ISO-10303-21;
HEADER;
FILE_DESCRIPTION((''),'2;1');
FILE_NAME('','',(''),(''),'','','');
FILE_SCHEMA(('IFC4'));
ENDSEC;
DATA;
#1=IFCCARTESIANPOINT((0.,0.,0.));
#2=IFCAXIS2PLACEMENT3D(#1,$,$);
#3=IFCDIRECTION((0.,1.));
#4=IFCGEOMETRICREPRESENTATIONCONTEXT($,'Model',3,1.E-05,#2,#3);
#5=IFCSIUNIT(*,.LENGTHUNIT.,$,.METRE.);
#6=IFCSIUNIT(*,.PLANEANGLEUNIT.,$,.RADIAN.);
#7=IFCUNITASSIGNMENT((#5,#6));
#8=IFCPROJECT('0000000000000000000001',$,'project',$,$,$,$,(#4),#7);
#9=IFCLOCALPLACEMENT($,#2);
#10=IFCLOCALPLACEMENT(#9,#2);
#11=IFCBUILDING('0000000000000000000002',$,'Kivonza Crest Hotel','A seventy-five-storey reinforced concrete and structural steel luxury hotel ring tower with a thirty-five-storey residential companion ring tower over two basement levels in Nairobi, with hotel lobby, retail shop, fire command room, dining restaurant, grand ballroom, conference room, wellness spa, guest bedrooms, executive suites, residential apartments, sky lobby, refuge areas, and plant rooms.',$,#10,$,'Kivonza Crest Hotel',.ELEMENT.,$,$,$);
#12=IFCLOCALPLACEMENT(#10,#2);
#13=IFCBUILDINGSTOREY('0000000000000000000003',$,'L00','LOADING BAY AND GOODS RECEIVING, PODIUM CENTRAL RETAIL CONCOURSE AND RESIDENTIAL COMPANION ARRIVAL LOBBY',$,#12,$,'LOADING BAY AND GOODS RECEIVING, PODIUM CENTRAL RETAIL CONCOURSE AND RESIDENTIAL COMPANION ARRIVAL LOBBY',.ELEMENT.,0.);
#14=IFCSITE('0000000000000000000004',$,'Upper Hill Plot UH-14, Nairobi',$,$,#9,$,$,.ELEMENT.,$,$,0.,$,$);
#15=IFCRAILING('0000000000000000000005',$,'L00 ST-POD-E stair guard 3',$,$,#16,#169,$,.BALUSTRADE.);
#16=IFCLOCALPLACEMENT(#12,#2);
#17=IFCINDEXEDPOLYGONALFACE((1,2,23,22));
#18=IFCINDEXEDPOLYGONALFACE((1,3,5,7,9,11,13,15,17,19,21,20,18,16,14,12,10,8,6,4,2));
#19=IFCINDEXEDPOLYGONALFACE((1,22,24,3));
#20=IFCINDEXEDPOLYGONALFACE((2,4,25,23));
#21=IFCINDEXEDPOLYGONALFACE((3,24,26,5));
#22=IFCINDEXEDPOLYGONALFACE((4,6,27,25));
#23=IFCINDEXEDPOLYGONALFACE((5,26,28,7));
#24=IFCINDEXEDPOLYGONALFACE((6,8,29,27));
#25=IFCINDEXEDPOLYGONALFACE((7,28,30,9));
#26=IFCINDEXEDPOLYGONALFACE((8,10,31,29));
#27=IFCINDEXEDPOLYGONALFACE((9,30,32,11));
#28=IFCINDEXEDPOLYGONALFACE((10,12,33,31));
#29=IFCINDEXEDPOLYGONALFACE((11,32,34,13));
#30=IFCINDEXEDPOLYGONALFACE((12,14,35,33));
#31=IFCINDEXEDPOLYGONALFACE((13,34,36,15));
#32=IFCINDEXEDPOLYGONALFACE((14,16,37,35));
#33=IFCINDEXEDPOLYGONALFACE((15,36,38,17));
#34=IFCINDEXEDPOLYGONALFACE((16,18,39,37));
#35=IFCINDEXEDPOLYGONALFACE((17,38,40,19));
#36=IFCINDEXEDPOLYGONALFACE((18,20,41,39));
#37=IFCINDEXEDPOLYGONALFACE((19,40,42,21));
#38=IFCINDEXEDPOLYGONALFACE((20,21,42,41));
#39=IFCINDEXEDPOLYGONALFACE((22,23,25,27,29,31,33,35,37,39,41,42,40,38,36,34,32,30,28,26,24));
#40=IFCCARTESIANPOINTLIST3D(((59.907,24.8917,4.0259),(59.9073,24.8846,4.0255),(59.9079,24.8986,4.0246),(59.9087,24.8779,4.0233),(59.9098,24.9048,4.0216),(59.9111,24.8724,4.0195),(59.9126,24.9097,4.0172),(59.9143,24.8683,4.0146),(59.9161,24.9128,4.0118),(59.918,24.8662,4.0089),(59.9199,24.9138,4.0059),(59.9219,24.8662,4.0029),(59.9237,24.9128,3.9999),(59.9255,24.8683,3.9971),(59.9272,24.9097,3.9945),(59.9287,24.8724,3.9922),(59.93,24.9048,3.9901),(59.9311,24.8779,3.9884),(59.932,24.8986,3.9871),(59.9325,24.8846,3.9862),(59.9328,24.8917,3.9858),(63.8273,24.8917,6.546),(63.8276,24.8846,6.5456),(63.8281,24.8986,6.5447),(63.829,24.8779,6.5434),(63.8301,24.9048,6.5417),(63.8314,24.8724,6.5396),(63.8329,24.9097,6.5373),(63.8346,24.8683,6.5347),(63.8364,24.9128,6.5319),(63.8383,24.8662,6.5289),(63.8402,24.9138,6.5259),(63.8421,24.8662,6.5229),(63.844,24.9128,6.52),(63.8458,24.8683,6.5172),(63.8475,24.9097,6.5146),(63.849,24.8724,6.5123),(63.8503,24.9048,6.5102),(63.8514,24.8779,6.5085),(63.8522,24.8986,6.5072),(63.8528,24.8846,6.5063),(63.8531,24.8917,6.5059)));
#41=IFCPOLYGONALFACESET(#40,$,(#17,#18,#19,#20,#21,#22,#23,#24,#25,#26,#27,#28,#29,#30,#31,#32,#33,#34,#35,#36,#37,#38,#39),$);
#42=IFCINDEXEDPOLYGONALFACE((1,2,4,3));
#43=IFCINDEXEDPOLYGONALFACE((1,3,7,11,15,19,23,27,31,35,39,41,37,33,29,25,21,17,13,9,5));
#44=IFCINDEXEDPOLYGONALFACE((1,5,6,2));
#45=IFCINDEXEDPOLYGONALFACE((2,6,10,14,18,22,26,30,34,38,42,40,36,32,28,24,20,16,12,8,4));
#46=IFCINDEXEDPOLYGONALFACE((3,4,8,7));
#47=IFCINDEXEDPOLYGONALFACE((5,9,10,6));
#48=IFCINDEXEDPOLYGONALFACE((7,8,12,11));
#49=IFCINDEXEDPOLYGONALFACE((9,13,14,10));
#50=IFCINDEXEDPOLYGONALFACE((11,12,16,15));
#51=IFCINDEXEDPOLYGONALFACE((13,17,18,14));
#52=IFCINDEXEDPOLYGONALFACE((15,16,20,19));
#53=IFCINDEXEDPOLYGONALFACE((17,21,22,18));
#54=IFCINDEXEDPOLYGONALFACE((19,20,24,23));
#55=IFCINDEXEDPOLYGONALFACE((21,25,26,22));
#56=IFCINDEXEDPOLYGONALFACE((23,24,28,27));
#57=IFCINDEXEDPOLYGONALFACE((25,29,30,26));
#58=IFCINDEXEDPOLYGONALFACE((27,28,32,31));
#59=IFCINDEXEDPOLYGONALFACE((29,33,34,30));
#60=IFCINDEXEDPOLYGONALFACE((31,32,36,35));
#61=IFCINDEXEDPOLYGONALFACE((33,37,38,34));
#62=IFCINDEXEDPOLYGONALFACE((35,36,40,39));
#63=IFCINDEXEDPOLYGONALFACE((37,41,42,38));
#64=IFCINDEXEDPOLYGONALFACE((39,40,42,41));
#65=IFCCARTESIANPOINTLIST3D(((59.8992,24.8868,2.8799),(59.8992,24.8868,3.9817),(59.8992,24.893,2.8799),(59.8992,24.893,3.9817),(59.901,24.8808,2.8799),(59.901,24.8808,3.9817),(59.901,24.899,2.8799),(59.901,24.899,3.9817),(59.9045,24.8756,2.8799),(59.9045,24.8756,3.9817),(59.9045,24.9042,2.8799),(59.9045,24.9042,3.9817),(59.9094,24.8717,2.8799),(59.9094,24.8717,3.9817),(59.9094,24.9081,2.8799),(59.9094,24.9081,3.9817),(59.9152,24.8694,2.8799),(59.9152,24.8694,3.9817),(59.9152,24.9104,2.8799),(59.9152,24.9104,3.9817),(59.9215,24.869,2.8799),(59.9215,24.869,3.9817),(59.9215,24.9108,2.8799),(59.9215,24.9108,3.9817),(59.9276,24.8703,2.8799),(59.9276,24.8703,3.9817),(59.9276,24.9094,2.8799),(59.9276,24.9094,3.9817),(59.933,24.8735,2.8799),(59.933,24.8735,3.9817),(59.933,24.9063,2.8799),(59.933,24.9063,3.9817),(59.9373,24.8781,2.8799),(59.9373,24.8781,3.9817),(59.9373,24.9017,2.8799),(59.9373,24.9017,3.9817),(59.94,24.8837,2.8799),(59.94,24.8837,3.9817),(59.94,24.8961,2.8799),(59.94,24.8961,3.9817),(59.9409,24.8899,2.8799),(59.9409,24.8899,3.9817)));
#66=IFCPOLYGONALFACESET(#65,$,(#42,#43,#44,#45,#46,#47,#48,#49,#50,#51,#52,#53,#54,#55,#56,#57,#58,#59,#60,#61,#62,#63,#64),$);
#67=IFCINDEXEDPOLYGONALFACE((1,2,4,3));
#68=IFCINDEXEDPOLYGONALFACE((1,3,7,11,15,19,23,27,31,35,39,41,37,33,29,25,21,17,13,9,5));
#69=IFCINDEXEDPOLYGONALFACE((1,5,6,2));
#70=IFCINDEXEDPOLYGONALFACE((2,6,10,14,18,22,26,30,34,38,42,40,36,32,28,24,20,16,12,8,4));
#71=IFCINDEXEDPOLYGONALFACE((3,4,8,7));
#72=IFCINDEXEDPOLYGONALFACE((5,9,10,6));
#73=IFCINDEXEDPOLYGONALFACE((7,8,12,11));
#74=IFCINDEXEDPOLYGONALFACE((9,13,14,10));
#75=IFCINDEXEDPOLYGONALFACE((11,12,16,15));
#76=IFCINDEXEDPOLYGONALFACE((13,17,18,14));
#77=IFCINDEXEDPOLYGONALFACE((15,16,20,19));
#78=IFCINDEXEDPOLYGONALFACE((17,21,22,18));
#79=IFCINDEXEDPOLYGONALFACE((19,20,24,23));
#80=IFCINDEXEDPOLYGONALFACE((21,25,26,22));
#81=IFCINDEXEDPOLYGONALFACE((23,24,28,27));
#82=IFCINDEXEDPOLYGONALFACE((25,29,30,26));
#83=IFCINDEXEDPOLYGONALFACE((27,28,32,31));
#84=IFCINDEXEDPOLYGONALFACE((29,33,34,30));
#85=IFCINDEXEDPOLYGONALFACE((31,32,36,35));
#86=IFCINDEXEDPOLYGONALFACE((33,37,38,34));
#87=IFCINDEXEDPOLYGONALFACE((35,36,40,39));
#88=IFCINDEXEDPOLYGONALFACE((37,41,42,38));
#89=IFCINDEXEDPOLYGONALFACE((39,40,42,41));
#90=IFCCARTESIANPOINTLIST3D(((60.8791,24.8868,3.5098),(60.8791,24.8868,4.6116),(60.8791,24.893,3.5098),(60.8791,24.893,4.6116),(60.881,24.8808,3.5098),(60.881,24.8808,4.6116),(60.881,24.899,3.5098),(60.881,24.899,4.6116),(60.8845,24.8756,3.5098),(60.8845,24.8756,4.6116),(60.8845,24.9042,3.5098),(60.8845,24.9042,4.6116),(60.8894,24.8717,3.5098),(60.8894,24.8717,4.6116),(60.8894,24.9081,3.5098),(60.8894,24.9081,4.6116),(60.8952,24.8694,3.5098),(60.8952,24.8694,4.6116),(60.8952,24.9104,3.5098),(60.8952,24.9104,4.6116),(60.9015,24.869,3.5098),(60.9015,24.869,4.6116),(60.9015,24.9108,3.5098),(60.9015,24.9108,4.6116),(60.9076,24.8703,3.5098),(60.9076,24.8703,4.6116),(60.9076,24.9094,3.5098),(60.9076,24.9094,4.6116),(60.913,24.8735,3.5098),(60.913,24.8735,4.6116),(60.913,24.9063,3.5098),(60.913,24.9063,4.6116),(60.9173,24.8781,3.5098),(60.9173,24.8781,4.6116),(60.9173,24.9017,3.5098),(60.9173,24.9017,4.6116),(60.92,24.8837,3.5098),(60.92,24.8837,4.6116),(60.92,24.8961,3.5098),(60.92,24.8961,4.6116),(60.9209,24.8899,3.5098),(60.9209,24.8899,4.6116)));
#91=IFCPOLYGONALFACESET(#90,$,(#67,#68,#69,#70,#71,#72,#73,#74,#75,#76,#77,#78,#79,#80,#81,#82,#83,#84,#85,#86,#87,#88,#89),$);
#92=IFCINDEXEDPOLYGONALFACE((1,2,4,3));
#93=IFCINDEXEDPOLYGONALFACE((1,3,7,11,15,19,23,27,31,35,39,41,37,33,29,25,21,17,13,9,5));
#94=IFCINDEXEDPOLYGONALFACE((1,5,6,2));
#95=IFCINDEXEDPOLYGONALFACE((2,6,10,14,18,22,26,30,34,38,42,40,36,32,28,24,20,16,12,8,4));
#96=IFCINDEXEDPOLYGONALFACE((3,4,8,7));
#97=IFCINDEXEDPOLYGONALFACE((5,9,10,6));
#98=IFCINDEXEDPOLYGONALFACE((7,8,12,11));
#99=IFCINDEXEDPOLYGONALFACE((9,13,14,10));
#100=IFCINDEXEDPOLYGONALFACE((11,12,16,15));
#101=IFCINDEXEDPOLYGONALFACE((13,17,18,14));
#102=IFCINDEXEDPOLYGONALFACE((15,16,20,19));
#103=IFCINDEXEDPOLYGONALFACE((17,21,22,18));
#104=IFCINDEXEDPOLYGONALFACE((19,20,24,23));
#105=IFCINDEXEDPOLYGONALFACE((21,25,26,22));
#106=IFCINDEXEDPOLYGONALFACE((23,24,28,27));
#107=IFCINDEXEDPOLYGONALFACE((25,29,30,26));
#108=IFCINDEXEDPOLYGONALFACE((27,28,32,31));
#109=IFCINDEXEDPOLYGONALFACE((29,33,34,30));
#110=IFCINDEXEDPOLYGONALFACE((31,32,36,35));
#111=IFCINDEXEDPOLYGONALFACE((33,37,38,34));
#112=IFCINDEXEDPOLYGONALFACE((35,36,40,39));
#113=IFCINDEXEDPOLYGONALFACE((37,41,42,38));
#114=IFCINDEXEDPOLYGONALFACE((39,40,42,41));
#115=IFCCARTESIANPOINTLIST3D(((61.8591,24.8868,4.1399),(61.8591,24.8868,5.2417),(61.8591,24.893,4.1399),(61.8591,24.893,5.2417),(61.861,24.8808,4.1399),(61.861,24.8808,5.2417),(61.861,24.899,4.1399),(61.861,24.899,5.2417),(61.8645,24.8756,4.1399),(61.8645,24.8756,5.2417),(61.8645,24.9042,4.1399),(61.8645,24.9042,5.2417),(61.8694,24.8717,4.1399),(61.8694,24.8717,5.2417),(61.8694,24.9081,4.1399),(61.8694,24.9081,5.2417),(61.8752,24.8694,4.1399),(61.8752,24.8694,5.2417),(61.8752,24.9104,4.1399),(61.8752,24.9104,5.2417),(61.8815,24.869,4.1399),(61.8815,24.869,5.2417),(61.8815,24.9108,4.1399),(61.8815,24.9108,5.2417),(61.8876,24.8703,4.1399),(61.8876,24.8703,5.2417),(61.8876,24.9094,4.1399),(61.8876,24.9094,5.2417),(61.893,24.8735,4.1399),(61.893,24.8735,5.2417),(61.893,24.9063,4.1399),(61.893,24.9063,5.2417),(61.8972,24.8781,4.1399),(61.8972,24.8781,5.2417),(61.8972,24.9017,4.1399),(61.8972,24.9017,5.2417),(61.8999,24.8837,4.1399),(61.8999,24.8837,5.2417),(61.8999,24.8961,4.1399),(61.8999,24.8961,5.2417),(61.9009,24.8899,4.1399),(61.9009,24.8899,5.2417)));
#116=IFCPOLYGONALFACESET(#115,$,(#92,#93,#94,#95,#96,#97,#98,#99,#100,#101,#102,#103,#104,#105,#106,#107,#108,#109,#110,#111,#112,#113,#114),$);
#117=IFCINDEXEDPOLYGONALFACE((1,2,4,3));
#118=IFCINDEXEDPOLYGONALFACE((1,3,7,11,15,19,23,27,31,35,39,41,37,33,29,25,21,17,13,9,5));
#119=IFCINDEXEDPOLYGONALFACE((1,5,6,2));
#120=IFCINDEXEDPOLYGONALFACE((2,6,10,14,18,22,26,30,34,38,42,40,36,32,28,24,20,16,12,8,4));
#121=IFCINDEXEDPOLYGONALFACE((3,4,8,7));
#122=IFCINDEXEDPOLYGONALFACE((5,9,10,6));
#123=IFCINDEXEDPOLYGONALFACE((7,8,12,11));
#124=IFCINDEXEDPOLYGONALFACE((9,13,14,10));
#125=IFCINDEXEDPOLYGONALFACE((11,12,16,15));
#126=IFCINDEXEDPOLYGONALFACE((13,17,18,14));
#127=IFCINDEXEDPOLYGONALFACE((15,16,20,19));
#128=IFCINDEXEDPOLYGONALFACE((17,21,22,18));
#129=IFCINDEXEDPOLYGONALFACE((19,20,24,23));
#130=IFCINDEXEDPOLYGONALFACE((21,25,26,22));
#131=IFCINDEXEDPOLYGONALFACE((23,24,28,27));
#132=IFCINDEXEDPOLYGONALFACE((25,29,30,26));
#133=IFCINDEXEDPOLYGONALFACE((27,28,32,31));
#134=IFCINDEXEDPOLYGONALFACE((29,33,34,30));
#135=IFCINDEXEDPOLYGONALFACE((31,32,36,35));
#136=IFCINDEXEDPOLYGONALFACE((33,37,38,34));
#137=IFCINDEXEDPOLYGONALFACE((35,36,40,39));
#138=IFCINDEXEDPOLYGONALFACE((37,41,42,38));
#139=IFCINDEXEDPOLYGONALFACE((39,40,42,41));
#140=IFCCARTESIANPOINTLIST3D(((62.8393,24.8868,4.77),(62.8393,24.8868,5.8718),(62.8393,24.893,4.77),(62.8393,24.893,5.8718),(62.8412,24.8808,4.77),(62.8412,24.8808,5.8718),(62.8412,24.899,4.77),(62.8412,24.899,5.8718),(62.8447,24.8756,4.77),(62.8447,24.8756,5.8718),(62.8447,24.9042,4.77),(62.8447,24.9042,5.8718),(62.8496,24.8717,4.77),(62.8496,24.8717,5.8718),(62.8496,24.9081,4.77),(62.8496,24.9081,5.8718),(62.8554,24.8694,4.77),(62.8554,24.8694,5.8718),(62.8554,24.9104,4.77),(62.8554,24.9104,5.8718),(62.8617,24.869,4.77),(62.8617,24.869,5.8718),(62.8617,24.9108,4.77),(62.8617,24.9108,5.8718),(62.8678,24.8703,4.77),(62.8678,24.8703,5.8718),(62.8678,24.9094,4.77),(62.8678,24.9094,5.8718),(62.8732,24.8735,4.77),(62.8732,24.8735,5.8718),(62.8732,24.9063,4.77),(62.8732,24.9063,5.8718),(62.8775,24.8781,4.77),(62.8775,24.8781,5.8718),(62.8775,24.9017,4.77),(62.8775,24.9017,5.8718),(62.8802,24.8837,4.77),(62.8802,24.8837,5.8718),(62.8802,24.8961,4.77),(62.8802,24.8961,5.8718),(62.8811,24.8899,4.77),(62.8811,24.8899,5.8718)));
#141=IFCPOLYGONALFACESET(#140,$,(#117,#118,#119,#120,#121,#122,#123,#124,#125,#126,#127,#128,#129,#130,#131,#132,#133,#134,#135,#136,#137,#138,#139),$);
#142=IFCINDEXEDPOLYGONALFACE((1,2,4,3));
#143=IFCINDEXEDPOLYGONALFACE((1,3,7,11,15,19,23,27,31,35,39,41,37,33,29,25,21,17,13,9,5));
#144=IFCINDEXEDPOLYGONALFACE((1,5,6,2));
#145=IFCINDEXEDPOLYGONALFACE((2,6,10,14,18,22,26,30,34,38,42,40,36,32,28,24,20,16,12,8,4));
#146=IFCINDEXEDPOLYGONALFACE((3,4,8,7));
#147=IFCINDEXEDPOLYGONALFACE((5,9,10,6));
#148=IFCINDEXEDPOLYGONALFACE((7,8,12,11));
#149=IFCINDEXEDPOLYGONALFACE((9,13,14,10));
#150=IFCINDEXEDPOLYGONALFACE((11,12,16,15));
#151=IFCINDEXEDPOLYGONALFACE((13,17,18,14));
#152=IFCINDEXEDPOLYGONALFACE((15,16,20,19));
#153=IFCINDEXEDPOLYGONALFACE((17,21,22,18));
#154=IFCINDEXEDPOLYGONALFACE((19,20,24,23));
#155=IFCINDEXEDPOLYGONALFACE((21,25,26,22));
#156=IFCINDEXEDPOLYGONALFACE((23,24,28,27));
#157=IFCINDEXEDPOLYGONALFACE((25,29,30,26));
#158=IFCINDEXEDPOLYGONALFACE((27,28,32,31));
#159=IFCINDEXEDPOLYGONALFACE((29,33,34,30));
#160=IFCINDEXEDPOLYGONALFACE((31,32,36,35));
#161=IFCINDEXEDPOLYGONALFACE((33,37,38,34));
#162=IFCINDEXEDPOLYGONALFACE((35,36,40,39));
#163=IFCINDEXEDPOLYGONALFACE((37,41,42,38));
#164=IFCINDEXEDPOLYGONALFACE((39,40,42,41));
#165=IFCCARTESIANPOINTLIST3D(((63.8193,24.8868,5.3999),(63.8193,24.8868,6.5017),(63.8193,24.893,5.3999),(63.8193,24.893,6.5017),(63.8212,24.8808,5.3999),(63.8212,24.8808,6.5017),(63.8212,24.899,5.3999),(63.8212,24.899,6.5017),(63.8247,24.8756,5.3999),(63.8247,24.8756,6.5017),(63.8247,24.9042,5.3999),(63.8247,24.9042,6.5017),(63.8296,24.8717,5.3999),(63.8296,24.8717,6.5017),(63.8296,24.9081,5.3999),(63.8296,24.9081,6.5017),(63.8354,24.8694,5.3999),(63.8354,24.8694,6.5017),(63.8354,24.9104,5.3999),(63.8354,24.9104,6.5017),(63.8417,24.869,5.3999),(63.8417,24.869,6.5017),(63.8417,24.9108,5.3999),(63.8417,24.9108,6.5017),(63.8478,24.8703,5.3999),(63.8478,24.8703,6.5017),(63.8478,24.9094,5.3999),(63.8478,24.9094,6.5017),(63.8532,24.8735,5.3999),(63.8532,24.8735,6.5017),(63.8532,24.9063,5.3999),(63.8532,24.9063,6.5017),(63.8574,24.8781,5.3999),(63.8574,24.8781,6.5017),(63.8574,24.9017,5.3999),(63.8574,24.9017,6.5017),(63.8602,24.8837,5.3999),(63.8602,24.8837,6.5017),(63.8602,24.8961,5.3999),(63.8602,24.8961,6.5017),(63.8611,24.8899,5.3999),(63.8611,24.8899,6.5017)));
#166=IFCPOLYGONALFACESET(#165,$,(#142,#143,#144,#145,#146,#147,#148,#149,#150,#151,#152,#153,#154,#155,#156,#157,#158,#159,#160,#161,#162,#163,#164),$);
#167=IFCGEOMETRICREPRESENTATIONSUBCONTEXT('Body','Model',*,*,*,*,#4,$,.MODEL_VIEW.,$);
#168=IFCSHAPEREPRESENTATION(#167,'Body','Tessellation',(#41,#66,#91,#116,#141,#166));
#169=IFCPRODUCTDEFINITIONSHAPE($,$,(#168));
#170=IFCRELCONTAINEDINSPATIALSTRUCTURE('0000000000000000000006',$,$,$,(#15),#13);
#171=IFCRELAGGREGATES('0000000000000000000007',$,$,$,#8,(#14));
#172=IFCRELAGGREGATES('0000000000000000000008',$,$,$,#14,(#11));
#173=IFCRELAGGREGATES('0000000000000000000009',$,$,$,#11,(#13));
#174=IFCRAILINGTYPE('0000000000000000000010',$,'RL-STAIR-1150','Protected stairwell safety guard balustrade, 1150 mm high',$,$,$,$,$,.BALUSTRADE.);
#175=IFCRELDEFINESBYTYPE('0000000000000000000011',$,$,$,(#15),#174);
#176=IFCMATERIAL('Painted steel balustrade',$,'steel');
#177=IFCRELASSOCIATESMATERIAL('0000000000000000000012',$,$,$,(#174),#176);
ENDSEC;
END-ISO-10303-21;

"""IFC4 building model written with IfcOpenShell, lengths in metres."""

from ifc_helpers import new_model, si_unit, direction, frame, origin, origin_2d, place, context, subcontext, project, spatial, circle, extrude, material, type_object, element, save


model = new_model("IFC4")

# Units and contexts
model_context = context("Model", 3, precision=1e-05, world=origin(), true_north=direction((0.0, 1.0)))
body_context = subcontext(model_context, "Body", "Model", "MODEL_VIEW")
ifc_project = project(units=[si_unit("LENGTHUNIT", "METRE"), si_unit("PLANEANGLEUNIT", "RADIAN")], contexts=[model_context])

# Site, building, storey
site_placement = place(None, origin())
site = spatial("IfcSite", under=ifc_project, at=site_placement, Name="Upper Hill Plot UH-14, Nairobi", CompositionType="ELEMENT", RefElevation=0.0)
building_placement = place(site_placement, origin())
building = spatial("IfcBuilding", under=site, at=building_placement, Name="Kivonza Crest Hotel", Description="A seventy-five-storey reinforced concrete and structural steel luxury hotel ring tower with a thirty-five-storey residential companion ring tower over two basement levels in Nairobi, with hotel lobby, retail shop, fire command room, dining restaurant, grand ballroom, conference room, wellness spa, guest bedrooms, executive suites, residential apartments, sky lobby, refuge areas, and plant rooms.", LongName="Kivonza Crest Hotel", CompositionType="ELEMENT")
storey_placement = place(building_placement, origin())
storey = spatial("IfcBuildingStorey", under=building, at=storey_placement, Name="L00", Description="LOADING BAY AND GOODS RECEIVING, PODIUM CENTRAL RETAIL CONCOURSE AND RESIDENTIAL COMPANION ARRIVAL LOBBY", LongName="LOADING BAY AND GOODS RECEIVING, PODIUM CENTRAL RETAIL CONCOURSE AND RESIDENTIAL COMPANION ARRIVAL LOBBY", CompositionType="ELEMENT", Elevation=0.0)

# Railing
ifc_material_1 = material(Name="Painted steel balustrade", Category="steel")
railing_type_1 = type_object("IfcRailingType", Name="RL-STAIR-1150", Description="Protected stairwell safety guard balustrade, 1150 mm high", PredefinedType="BALUSTRADE", material=ifc_material_1)
railing_1_placement = place(storey_placement, frame((59.9199, 24.8899, 2.8799)))
element("IfcRailing", 1, at=railing_1_placement, inside=storey, type_object=railing_type_1, Name="L00 ST-POD-E stair guard 3", PredefinedType="BALUSTRADE", context=body_context, shape_type="SweptSolid", body=[
    extrude(circle(Radius=0.0239, at=origin_2d()), frame((0.0, 0.0, 1.126), z_axis=(0.841187, 0.0, 0.540744), x_axis=(0.0, 1.0, 0.0)), (0.0, 0.0, 1.0), 4.6604),
    extrude(circle(Radius=0.021, at=origin_2d()), origin(), (0.0, 0.0, 1.0), 1.1018),
    extrude(circle(Radius=0.021, at=origin_2d()), frame((0.98, 0.0, 0.6299)), (0.0, 0.0, 1.0), 1.1018),
    extrude(circle(Radius=0.021, at=origin_2d()), frame((1.96, 0.0, 1.26)), (0.0, 0.0, 1.0), 1.1018),
    extrude(circle(Radius=0.021, at=origin_2d()), frame((2.9402, 0.0, 1.8901)), (0.0, 0.0, 1.0), 1.1018),
    extrude(circle(Radius=0.021, at=origin_2d()), frame((3.9202, 0.0, 2.52)), (0.0, 0.0, 1.0), 1.1018),
])

save(model, "model.ifc")
